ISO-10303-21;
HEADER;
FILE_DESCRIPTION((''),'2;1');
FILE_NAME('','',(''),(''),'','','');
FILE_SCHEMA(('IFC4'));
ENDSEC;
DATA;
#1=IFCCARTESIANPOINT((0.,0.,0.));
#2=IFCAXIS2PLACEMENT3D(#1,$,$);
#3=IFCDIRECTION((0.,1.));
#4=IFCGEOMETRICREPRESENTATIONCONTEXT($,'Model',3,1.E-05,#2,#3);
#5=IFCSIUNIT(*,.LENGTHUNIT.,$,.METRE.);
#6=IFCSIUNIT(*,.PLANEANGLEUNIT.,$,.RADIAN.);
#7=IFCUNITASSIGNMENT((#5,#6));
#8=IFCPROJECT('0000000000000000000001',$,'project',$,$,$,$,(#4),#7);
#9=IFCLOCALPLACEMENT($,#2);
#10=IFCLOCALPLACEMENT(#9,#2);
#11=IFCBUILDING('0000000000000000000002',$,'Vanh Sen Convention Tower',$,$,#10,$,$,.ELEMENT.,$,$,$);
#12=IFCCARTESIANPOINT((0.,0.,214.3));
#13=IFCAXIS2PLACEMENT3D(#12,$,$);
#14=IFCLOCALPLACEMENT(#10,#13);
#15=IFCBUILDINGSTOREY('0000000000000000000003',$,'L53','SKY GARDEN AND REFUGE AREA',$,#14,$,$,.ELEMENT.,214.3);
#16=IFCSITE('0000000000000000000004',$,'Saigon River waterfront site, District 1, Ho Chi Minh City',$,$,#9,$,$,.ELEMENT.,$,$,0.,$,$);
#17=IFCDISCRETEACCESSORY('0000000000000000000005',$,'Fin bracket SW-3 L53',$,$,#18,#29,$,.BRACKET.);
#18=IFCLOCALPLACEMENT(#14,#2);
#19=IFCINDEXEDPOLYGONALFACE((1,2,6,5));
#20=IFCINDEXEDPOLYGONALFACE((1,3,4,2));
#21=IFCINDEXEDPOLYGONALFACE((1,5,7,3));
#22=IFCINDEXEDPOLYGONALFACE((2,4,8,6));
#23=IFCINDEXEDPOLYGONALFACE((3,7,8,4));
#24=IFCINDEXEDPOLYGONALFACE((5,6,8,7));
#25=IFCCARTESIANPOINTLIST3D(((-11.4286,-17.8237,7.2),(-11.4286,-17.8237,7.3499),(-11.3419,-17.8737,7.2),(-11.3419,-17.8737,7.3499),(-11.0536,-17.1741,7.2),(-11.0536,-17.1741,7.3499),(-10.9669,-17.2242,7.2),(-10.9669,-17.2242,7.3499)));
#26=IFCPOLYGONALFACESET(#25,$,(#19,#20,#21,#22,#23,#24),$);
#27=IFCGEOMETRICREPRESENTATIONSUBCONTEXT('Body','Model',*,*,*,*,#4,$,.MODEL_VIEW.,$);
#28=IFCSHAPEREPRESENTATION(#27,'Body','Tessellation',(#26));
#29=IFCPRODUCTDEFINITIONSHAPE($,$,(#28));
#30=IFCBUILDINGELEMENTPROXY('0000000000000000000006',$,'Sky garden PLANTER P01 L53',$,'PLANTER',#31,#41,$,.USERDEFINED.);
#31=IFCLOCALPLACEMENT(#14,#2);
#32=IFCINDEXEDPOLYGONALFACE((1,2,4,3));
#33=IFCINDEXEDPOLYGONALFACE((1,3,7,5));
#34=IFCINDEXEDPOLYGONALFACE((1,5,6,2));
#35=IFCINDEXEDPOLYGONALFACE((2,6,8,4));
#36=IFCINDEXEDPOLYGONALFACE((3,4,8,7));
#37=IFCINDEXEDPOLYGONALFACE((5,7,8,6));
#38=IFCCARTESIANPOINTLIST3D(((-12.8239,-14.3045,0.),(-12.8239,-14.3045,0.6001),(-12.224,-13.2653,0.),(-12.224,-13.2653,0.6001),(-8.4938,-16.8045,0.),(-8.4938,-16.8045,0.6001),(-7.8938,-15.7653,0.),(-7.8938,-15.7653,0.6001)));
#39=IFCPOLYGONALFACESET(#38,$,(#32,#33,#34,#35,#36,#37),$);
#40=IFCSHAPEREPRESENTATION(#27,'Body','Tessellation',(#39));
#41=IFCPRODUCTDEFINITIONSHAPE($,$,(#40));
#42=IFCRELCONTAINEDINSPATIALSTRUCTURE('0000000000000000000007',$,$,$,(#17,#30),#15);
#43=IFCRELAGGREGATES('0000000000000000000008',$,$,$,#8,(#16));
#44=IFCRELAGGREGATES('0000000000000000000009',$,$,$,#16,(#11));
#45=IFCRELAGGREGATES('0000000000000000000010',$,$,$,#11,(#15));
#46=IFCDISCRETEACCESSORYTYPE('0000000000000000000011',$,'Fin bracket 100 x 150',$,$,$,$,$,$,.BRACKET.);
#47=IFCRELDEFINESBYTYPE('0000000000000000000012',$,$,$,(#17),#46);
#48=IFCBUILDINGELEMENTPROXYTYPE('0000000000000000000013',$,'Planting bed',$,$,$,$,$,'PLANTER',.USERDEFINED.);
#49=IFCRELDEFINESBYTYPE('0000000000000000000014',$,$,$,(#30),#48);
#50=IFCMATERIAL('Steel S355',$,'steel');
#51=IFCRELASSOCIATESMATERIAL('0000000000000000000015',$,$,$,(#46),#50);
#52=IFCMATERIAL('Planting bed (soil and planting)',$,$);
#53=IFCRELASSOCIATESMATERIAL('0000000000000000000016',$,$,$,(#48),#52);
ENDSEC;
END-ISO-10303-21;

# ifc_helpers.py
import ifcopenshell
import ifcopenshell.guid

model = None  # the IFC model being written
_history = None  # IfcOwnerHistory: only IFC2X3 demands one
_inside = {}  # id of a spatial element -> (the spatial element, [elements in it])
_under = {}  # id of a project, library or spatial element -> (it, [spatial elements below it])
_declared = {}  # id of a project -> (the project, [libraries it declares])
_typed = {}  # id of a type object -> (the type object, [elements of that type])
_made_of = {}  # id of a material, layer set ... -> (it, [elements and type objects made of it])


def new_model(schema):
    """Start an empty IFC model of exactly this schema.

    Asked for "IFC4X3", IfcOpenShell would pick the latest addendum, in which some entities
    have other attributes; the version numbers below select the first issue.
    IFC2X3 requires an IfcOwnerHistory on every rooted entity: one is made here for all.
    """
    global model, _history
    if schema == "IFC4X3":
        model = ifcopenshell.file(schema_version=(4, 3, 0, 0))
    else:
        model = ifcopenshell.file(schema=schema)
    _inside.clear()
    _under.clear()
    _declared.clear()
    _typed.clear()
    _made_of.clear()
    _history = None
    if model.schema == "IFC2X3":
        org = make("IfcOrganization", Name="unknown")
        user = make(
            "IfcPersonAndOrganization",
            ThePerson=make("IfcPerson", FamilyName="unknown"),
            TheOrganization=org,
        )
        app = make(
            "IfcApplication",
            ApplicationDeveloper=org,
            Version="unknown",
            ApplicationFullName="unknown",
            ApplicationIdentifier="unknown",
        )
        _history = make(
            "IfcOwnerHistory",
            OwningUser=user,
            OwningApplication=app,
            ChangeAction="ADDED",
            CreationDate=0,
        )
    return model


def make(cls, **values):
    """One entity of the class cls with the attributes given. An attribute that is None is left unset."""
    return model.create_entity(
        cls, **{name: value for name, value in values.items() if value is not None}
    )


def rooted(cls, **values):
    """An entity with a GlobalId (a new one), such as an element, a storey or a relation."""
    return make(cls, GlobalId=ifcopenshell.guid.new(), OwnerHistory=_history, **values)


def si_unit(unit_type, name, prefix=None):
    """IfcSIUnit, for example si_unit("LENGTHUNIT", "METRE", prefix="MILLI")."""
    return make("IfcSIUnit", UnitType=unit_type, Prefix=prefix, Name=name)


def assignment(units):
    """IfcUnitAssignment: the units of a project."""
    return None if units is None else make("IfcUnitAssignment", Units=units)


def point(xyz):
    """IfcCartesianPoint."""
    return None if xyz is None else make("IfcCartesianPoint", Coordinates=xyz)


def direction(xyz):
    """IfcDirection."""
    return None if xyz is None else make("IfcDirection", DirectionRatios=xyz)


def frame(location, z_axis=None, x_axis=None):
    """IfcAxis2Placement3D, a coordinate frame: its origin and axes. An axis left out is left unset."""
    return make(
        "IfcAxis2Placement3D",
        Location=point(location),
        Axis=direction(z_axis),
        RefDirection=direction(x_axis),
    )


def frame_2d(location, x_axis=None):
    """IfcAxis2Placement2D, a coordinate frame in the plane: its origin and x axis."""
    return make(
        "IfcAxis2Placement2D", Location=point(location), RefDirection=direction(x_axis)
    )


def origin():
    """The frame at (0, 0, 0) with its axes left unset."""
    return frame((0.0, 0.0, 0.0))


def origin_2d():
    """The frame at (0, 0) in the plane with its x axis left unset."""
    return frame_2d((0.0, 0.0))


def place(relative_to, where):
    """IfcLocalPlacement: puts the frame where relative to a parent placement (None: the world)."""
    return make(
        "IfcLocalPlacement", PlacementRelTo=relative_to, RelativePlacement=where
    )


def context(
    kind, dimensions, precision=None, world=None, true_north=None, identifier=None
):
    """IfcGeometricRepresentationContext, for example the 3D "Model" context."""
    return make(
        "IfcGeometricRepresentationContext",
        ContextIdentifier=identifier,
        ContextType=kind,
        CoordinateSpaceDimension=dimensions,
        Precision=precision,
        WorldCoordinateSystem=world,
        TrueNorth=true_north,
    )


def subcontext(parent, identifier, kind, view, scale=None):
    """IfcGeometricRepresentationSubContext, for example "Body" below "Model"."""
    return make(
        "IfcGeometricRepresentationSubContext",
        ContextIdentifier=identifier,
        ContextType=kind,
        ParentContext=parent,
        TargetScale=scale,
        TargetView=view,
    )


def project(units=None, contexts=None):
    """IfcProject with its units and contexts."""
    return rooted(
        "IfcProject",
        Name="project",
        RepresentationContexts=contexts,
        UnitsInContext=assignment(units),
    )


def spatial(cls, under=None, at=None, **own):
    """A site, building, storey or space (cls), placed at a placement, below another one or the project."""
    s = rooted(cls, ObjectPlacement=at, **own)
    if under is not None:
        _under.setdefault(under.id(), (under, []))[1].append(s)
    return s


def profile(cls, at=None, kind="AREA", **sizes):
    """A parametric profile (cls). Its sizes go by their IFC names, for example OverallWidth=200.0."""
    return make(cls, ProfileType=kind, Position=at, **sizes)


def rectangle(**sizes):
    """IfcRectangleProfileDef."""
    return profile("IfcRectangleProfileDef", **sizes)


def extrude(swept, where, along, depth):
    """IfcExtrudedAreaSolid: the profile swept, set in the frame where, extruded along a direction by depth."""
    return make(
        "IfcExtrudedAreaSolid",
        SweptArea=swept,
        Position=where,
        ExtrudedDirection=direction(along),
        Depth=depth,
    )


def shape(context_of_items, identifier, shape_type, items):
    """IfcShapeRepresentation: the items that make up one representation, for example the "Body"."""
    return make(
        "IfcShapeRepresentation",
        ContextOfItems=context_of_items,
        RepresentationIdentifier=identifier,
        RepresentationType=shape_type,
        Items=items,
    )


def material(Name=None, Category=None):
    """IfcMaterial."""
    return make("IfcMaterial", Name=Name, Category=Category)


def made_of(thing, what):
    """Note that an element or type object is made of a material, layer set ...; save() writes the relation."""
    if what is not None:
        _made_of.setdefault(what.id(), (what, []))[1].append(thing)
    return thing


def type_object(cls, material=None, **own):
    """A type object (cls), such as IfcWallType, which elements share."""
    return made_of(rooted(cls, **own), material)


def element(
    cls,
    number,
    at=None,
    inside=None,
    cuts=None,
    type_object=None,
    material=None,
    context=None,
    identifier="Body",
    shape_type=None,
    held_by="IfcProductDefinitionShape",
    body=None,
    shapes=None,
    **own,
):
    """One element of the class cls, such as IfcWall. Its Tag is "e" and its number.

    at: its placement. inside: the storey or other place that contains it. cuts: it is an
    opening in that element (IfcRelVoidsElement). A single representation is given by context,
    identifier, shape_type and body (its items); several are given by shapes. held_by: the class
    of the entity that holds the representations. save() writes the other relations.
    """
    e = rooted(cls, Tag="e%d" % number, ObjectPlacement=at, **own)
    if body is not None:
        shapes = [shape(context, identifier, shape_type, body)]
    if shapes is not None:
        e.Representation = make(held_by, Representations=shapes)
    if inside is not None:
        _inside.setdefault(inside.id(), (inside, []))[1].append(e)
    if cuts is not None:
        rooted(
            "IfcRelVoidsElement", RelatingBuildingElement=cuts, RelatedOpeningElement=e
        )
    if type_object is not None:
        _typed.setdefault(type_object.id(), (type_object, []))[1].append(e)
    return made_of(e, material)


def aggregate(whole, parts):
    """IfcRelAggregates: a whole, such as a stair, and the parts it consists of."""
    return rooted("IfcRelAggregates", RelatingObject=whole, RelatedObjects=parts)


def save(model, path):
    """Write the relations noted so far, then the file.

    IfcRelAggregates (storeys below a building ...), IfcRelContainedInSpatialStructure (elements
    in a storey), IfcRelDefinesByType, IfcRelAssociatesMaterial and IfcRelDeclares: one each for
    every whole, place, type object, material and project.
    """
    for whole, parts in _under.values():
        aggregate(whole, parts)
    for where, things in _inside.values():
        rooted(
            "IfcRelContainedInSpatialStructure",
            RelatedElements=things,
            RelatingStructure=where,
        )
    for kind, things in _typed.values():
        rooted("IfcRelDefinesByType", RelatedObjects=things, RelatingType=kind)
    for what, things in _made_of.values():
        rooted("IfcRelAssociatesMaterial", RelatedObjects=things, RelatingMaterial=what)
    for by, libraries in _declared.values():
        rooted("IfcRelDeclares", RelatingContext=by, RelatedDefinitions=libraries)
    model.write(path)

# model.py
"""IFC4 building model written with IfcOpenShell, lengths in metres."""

from ifc_helpers import new_model, si_unit, direction, frame, origin, origin_2d, place, context, subcontext, project, spatial, rectangle, extrude, material, type_object, element, save


model = new_model("IFC4")

# Units and contexts
model_context = context("Model", 3, precision=1e-05, world=origin(), true_north=direction((0.0, 1.0)))
body_context = subcontext(model_context, "Body", "Model", "MODEL_VIEW")
ifc_project = project(units=[si_unit("LENGTHUNIT", "METRE"), si_unit("PLANEANGLEUNIT", "RADIAN")], contexts=[model_context])

# Site, building, storey
site_placement = place(None, origin())
site = spatial("IfcSite", under=ifc_project, at=site_placement, Name="Saigon River waterfront site, District 1, Ho Chi Minh City", CompositionType="ELEMENT", RefElevation=0.0)
building_placement = place(site_placement, origin())
building = spatial("IfcBuilding", under=site, at=building_placement, Name="Vanh Sen Convention Tower", CompositionType="ELEMENT")
storey_placement = place(building_placement, frame((0.0, 0.0, 214.3)))
storey = spatial("IfcBuildingStorey", under=building, at=storey_placement, Name="L53", Description="SKY GARDEN AND REFUGE AREA", CompositionType="ELEMENT", Elevation=214.3)

# Discrete accessory
ifc_material_1 = material(Name="Steel S355", Category="steel")
discrete_accessory_type = type_object("IfcDiscreteAccessoryType", Name="Fin bracket 100 x 150", PredefinedType="BRACKET", material=ifc_material_1)
for number, where, z_axis, x_axis, name in (
    (1, (-11.1978, -17.5239, 7.2), (0.0, 0.0, 1.0), (-0.5, -0.866025, 0.0), "Fin bracket SW-3 L53"),
):
    element("IfcDiscreteAccessory", number, at=place(storey_placement, frame(where, z_axis=z_axis, x_axis=x_axis)), inside=storey, type_object=discrete_accessory_type, Name=name, PredefinedType="BRACKET", context=body_context, shape_type="SweptSolid", body=[
        extrude(rectangle(XDim=0.75, YDim=0.1001, at=origin_2d()), origin(), (0.0, 0.0, 1.0), 0.1499),
    ])

# Building element proxy
ifc_material_2 = material(Name="Planting bed (soil and planting)")
building_element_proxy_type = type_object("IfcBuildingElementProxyType", Name="Planting bed", ElementType="PLANTER", PredefinedType="USERDEFINED", material=ifc_material_2)
proxy_placement = place(storey_placement, frame((-10.3589, -15.0349, 0.0), z_axis=(0.0, 0.0, 1.0), x_axis=(0.866025, -0.500002, 0.0)))
element("IfcBuildingElementProxy", 2, at=proxy_placement, inside=storey, type_object=building_element_proxy_type, Name="Sky garden PLANTER P01 L53", ObjectType="PLANTER", PredefinedType="USERDEFINED", context=body_context, shape_type="SweptSolid", body=[
    extrude(rectangle(XDim=5.0, YDim=1.2, at=origin_2d()), origin(), (0.0, 0.0, 1.0), 0.6001),
])

save(model, "model.ifc")
